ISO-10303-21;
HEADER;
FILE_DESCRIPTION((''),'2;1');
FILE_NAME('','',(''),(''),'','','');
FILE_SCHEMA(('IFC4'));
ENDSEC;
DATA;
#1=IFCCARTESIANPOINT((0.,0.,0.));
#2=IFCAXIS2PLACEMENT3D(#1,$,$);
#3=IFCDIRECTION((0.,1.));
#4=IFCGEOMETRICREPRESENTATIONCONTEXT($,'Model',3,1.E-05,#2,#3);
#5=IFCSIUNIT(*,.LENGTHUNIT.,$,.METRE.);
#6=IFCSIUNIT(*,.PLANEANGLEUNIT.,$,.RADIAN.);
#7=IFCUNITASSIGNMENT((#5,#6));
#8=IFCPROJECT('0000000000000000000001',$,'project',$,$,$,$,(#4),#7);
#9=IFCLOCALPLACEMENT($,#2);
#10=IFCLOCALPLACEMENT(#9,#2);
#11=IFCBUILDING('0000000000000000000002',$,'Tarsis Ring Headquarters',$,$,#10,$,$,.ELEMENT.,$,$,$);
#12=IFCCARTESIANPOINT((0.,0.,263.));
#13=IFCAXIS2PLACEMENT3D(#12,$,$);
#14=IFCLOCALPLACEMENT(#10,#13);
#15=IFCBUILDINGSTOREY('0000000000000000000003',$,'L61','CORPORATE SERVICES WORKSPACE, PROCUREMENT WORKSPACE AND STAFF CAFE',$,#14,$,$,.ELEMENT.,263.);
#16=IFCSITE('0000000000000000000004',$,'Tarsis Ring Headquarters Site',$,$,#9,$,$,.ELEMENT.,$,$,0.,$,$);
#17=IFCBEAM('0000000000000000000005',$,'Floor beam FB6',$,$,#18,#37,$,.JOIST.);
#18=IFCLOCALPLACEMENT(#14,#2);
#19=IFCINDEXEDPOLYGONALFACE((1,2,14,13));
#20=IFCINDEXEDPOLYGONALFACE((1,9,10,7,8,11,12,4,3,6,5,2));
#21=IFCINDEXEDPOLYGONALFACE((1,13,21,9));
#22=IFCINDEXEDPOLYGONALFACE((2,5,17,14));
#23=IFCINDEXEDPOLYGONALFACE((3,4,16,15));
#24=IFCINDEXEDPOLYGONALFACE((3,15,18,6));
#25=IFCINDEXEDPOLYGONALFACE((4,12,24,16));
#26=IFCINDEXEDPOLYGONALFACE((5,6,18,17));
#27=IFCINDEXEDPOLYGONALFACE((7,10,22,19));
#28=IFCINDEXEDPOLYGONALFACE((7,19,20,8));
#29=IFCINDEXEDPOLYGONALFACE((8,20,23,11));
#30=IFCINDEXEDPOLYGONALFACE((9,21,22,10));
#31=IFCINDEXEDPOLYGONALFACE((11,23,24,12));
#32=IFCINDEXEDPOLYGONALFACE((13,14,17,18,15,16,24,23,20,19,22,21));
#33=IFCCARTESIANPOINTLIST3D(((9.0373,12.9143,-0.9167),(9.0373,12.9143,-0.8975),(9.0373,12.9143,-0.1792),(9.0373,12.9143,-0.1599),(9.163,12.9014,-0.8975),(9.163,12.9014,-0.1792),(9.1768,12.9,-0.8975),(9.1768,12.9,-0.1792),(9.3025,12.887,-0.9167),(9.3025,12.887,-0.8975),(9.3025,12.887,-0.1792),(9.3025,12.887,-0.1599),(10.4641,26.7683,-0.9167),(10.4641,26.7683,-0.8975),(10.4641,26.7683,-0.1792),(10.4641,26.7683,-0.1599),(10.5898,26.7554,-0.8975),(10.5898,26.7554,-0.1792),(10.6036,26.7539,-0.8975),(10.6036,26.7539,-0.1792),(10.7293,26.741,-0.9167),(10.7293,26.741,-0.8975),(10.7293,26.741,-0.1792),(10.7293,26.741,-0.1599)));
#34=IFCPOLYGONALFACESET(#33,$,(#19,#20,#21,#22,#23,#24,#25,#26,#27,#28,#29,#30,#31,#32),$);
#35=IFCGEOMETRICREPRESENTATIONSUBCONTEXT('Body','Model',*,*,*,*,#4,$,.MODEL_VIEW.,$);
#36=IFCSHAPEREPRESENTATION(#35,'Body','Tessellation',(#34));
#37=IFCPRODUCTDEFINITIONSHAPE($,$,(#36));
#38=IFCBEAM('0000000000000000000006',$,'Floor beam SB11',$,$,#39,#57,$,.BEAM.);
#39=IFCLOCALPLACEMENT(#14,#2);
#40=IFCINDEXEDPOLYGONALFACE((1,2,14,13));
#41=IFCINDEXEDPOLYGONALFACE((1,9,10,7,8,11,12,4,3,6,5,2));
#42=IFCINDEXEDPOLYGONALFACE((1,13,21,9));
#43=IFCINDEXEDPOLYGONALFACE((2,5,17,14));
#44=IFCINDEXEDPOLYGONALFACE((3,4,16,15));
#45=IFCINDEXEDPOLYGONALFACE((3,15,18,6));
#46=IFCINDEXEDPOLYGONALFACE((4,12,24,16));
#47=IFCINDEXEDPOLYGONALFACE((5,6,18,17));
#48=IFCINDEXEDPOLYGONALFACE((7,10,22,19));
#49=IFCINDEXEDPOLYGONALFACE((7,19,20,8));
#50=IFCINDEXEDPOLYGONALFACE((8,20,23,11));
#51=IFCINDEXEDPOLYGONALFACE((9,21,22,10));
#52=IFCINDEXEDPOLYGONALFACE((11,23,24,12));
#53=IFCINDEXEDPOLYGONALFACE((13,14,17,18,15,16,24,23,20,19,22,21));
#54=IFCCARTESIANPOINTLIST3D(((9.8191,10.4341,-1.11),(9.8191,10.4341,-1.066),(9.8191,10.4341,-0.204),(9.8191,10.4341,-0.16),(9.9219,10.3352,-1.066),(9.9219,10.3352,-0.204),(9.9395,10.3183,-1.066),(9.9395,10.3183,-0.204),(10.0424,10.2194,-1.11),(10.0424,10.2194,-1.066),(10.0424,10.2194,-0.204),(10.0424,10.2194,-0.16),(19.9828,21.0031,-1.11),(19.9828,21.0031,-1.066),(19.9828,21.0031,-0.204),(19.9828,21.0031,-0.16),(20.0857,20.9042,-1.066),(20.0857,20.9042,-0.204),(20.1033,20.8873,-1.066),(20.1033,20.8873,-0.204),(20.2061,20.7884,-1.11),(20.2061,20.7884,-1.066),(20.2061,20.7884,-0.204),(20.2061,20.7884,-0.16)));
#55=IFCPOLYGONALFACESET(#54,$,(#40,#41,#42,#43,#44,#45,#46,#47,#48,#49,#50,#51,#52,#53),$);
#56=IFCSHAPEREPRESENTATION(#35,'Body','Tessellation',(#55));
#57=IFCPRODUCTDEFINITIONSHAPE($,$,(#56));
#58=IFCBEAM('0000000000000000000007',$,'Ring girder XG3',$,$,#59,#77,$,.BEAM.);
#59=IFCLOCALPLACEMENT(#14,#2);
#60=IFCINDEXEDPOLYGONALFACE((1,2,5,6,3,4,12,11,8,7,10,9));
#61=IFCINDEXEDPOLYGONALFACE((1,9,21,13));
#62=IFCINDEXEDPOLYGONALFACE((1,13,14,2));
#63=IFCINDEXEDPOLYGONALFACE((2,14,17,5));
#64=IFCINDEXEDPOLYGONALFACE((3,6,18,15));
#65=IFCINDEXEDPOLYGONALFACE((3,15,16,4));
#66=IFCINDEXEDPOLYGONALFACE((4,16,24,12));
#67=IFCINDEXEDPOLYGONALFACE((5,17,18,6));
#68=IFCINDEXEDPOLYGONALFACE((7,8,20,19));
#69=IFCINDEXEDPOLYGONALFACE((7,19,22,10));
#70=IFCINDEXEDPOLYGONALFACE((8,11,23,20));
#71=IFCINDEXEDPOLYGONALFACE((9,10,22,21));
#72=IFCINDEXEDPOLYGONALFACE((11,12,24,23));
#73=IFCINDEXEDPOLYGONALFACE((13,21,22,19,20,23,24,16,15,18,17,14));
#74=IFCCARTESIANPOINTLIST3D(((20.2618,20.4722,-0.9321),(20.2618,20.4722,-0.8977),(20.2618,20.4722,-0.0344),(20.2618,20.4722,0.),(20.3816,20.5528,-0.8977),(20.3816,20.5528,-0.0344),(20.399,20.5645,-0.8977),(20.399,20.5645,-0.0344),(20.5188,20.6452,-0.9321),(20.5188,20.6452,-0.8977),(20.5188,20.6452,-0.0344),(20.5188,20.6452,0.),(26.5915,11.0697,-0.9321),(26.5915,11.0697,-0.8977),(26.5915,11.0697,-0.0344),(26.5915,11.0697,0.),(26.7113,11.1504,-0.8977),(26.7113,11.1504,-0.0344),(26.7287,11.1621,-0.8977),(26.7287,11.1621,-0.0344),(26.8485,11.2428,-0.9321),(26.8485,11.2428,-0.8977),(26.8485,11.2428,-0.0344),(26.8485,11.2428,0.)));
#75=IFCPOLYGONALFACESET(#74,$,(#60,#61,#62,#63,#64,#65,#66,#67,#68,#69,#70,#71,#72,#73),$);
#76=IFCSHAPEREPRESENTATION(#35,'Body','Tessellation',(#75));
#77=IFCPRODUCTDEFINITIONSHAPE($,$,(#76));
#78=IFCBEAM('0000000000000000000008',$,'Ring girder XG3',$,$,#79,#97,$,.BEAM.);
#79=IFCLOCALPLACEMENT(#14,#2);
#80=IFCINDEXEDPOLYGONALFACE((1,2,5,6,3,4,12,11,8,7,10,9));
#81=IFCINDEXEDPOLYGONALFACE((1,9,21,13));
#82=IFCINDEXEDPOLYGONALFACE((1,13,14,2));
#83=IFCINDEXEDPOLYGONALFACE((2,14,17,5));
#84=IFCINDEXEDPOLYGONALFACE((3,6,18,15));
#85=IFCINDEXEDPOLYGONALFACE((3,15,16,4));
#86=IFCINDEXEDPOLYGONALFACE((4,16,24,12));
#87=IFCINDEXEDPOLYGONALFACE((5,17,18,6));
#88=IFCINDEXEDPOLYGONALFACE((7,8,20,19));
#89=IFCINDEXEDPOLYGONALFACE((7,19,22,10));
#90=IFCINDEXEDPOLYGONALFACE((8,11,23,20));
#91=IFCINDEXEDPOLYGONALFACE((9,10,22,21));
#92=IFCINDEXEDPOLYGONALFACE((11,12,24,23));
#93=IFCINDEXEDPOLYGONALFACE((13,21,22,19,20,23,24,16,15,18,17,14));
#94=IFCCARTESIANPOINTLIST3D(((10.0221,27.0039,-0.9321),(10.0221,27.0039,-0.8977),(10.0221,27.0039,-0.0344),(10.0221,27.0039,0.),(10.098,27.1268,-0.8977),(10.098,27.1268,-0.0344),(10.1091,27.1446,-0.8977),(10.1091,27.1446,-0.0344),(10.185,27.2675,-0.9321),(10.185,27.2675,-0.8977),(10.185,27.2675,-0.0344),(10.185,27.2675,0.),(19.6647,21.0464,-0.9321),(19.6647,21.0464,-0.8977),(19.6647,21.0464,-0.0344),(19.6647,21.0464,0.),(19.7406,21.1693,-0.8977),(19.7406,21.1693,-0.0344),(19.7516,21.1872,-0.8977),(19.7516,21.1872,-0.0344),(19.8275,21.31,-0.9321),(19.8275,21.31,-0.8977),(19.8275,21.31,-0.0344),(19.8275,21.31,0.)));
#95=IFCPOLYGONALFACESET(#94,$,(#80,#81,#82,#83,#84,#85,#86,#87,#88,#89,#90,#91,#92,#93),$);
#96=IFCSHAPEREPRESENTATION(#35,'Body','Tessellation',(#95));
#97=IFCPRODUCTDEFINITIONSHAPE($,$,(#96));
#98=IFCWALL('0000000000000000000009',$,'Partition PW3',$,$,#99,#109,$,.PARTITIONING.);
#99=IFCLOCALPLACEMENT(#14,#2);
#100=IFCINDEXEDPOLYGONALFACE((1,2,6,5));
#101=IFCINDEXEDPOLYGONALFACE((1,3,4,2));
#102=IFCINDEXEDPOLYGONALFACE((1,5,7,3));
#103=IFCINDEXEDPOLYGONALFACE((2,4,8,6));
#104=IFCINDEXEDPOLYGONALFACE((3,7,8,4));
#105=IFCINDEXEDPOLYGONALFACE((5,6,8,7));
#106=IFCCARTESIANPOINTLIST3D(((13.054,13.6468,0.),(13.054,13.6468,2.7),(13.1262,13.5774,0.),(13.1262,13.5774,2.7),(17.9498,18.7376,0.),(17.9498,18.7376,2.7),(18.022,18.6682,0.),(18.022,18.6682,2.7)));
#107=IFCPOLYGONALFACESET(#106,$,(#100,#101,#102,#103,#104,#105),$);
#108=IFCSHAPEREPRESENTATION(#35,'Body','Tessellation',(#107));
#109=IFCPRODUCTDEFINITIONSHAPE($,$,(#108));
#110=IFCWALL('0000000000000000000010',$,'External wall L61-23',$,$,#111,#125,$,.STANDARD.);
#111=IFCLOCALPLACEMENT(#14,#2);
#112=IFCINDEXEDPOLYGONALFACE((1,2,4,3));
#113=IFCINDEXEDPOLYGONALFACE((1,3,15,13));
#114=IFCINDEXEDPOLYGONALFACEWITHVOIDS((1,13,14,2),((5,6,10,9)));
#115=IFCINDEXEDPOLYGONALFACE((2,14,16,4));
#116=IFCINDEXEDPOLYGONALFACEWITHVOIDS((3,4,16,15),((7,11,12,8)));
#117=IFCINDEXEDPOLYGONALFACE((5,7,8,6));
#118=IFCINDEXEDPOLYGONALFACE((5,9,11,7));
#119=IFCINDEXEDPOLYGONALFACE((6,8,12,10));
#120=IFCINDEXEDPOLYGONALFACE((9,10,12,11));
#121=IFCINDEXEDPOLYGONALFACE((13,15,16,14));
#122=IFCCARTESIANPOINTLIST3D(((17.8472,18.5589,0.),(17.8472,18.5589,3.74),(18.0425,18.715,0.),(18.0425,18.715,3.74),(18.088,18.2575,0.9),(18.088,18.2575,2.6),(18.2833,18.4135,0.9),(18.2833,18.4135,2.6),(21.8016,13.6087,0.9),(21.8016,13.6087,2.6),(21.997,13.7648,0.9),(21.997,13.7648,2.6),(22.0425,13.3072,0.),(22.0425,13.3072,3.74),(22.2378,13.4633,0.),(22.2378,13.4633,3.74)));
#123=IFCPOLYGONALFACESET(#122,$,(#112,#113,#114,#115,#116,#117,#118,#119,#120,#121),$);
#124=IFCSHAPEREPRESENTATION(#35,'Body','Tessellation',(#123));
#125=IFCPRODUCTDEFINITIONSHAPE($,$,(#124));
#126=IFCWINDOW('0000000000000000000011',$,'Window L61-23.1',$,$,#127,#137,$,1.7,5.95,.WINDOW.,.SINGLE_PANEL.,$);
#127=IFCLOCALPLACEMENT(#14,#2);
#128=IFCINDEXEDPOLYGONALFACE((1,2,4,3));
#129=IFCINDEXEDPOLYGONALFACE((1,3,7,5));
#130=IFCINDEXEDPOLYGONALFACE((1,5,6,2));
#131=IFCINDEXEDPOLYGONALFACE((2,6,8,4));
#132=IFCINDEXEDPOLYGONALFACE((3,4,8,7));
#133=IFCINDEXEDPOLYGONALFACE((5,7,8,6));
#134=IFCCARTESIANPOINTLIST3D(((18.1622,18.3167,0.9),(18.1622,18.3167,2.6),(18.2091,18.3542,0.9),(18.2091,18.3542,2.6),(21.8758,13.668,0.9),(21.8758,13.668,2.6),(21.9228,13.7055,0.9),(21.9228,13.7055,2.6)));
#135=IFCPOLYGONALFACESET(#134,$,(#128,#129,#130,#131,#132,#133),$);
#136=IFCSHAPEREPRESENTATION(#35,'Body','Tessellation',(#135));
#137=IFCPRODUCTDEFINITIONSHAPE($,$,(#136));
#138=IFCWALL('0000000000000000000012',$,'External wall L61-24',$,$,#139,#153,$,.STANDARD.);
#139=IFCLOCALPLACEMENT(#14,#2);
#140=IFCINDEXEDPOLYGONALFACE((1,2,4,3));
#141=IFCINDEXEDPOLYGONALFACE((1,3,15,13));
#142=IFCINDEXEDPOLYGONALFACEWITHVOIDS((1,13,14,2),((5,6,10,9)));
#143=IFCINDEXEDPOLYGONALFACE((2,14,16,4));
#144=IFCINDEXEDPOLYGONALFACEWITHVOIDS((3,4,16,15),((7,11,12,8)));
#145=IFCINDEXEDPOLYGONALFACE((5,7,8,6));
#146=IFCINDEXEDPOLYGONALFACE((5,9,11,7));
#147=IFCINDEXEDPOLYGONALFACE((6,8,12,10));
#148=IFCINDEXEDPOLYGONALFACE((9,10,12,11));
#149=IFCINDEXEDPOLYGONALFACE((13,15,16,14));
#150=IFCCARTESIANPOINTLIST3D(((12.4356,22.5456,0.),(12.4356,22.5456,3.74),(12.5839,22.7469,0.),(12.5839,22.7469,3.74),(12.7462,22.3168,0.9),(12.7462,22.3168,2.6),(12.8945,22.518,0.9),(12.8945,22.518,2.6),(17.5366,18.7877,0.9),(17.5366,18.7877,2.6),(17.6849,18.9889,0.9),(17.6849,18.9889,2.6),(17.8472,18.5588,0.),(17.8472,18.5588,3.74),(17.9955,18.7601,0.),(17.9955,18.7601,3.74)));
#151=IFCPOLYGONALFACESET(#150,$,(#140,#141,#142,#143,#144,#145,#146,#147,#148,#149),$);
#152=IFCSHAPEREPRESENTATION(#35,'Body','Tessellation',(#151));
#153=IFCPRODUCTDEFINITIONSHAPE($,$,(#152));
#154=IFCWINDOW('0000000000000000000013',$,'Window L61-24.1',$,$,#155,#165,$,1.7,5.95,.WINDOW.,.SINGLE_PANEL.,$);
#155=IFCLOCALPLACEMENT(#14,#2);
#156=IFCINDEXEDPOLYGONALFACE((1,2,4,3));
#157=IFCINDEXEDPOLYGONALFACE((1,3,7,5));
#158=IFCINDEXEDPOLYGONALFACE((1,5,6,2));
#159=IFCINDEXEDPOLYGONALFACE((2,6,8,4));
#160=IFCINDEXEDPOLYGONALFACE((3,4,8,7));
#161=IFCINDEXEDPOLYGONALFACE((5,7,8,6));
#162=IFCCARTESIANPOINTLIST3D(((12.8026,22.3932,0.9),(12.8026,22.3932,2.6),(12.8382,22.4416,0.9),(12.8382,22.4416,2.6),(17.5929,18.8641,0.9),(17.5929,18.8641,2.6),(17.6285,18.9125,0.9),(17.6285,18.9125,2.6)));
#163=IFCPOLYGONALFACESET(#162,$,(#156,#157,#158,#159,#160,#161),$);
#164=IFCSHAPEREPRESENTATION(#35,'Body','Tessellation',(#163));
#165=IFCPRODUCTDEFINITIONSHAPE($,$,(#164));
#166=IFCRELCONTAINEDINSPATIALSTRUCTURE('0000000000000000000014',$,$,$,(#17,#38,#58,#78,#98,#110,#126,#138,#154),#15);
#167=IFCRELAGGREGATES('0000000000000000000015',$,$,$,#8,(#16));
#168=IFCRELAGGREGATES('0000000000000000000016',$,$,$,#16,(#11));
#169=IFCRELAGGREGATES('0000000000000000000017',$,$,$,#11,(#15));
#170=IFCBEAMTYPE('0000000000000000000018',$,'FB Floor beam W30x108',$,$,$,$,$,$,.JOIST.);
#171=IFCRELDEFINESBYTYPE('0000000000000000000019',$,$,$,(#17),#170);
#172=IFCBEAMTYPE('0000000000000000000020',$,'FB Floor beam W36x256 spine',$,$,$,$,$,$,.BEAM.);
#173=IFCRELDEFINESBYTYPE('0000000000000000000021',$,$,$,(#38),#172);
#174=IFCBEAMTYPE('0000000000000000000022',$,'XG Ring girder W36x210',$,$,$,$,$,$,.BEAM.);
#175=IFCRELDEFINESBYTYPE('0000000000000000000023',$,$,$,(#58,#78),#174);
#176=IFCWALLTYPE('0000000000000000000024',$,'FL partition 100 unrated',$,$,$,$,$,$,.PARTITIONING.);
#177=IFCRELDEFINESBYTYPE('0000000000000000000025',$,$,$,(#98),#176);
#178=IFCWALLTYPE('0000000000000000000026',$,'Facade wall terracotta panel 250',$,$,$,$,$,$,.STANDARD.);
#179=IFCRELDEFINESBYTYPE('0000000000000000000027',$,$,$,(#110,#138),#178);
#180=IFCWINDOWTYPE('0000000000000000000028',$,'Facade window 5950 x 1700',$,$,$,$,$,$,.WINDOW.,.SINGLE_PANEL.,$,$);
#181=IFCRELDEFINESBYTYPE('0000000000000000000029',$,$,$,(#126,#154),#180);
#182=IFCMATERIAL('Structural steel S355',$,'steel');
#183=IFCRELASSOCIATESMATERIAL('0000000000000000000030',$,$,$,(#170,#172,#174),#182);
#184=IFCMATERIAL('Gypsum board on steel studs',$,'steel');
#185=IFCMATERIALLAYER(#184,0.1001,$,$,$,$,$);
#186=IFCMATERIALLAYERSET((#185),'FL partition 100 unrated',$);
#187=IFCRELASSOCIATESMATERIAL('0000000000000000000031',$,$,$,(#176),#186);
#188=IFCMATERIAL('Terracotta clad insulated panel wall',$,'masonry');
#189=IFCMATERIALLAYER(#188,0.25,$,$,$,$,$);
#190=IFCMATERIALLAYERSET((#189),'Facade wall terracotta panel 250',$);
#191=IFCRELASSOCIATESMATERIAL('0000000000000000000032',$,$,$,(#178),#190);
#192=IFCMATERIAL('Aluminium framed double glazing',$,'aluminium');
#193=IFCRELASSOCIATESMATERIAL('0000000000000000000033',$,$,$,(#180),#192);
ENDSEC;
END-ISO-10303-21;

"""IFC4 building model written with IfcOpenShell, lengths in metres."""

from ifc_helpers import new_model, si_unit, direction, frame, frame_2d, origin, origin_2d, place, context, subcontext, project, spatial, rectangle, i_section, extrude, material, layer, layer_set, material_profile, profile_set, type_object, element, fill, save


model = new_model("IFC4")

# Units and contexts
model_context = context("Model", 3, precision=1e-05, world=origin(), true_north=direction((0.0, 1.0)))
body_context = subcontext(model_context, "Body", "Model", "MODEL_VIEW")
ifc_project = project(units=[si_unit("LENGTHUNIT", "METRE"), si_unit("PLANEANGLEUNIT", "RADIAN")], contexts=[model_context])

# Site, building, storey
site_placement = place(None, origin())
site = spatial("IfcSite", under=ifc_project, at=site_placement, Name="Tarsis Ring Headquarters Site", CompositionType="ELEMENT", RefElevation=0.0)
building_placement = place(site_placement, origin())
building = spatial("IfcBuilding", under=site, at=building_placement, Name="Tarsis Ring Headquarters", CompositionType="ELEMENT")
storey_placement = place(building_placement, frame((0.0, 0.0, 263.0)))
storey = spatial("IfcBuildingStorey", under=building, at=storey_placement, Name="L61", Description="CORPORATE SERVICES WORKSPACE, PROCUREMENT WORKSPACE AND STAFF CAFE", CompositionType="ELEMENT", Elevation=263.0)

# Shared definitions
ifc_material_1 = material(Name="Structural steel S355", Category="steel")

# Beams
ifc_material_profile_1 = material_profile(ifc_material_1, i_section(OverallWidth=0.2666, OverallDepth=0.7568, WebThickness=0.0139, FlangeThickness=0.0193, at=origin_2d()), Name="W30x108")
ifc_profile_set_1 = profile_set([ifc_material_profile_1], Name="Structural steel S355")
beam_type_1 = type_object("IfcBeamType", Name="FB Floor beam W30x108", PredefinedType="JOIST", material=ifc_profile_set_1)
beam_1_placement = place(storey_placement, frame((10.5967, 26.7546, -0.5383), z_axis=(-0.102443, -0.994739, 0.0), x_axis=(0.994739, -0.102443, 0.0)))
element("IfcBeam", 1, at=beam_1_placement, inside=storey, type_object=beam_type_1, Name="Floor beam FB6", PredefinedType="JOIST", context=body_context, shape_type="SweptSolid", body=[
    extrude(i_section(OverallWidth=0.2666, OverallDepth=0.7568, WebThickness=0.0139, FlangeThickness=0.0193, at=origin_2d()), origin(), (0.0, 0.0, 1.0), 13.9272),
])
ifc_material_profile_2 = material_profile(ifc_material_1, i_section(OverallWidth=0.3098, OverallDepth=0.95, WebThickness=0.0244, FlangeThickness=0.0439, at=origin_2d()), Name="W36x256")
ifc_profile_set_2 = profile_set([ifc_material_profile_2], Name="Structural steel S355")
beam_type_2 = type_object("IfcBeamType", Name="FB Floor beam W36x256 spine", PredefinedType="BEAM", material=ifc_profile_set_2)
beam_2_placement = place(storey_placement, frame((20.0945, 20.8958, -0.635), z_axis=(-0.693152, -0.720791, 0.0), x_axis=(0.720791, -0.693152, 0.0)))
element("IfcBeam", 2, at=beam_2_placement, inside=storey, type_object=beam_type_2, Name="Floor beam SB11", PredefinedType="BEAM", context=body_context, shape_type="SweptSolid", body=[
    extrude(i_section(OverallWidth=0.3098, OverallDepth=0.95, WebThickness=0.0244, FlangeThickness=0.0439, at=origin_2d()), origin(), (0.0, 0.0, 1.0), 14.6631),
])
ifc_material_profile_3 = material_profile(ifc_material_1, i_section(OverallWidth=0.3098, OverallDepth=0.9321, WebThickness=0.021, FlangeThickness=0.0344, at=origin_2d()), Name="W36x210")
ifc_profile_set_3 = profile_set([ifc_material_profile_3], Name="Structural steel S355")
beam_type_3 = type_object("IfcBeamType", Name="XG Ring girder W36x210", PredefinedType="BEAM", material=ifc_profile_set_3)
for number, where, z_axis, x_axis, name in (
    (3, (26.72, 11.1562, -0.4661), (-0.558443, 0.829543, 0.0), (-0.829543, -0.558443, 0.0), "Ring girder XG3"),
    (4, (19.7461, 21.1782, -0.4661), (-0.850727, 0.525608, 0.0), (-0.525608, -0.850727, 0.0), "Ring girder XG3"),
):
    element("IfcBeam", number, at=place(storey_placement, frame(where, z_axis=z_axis, x_axis=x_axis)), inside=storey, type_object=beam_type_3, Name=name, PredefinedType="BEAM", context=body_context, shape_type="SweptSolid", body=[
        extrude(i_section(OverallWidth=0.3098, OverallDepth=0.9321, WebThickness=0.021, FlangeThickness=0.0344, at=origin_2d()), origin(), (0.0, 0.0, 1.0), 11.3345),
    ])

# Wall
ifc_material_2 = material(Name="Gypsum board on steel studs", Category="steel")
ifc_layer_1 = layer(ifc_material_2, 0.1001)
ifc_layer_set_1 = layer_set([ifc_layer_1], Name="FL partition 100 unrated")
wall_type_1 = type_object("IfcWallType", Name="FL partition 100 unrated", PredefinedType="PARTITIONING", material=ifc_layer_set_1)
wall_1_placement = place(storey_placement, frame((13.0901, 13.6121, 0.0), z_axis=(0.0, 0.0, 1.0), x_axis=(0.693163, 0.720781, 0.0)))
element("IfcWall", 5, at=wall_1_placement, inside=storey, type_object=wall_type_1, Name="Partition PW3", PredefinedType="PARTITIONING", context=body_context, shape_type="SweptSolid", body=[
    extrude(rectangle(XDim=7.063, YDim=0.1001, at=frame_2d((3.5315, 0.0))), origin(), (0.0, 0.0, 1.0), 2.7),
])

# Walls, openings, windows
ifc_material_3 = material(Name="Terracotta clad insulated panel wall", Category="masonry")
ifc_layer_2 = layer(ifc_material_3, 0.25)
ifc_layer_set_2 = layer_set([ifc_layer_2], Name="Facade wall terracotta panel 250")
wall_type_2 = type_object("IfcWallType", Name="Facade wall terracotta panel 250", PredefinedType="STANDARD", material=ifc_layer_set_2)
wall_2_placement = place(storey_placement, frame((22.1401, 13.3853, 0.0), z_axis=(0.0, 0.0, 1.0), x_axis=(-0.624146, 0.781308, 0.0)))
wall_2 = element("IfcWall", 6, at=wall_2_placement, inside=storey, type_object=wall_type_2, Name="External wall L61-23", PredefinedType="STANDARD", context=body_context, shape_type="SweptSolid", body=[
    extrude(rectangle(XDim=6.7217, YDim=0.25, at=frame_2d((3.3608, 0.0))), origin(), (0.0, 0.0, 1.0), 3.74),
])
opening_1_placement = place(wall_2_placement, frame((0.3857, 0.0, 0.8999)))
opening_1 = element("IfcOpeningElement", 7, at=opening_1_placement, cuts=wall_2, PredefinedType="OPENING", context=body_context, shape_type="SweptSolid", body=[
    extrude(rectangle(XDim=5.95, YDim=1.7, at=frame_2d((2.9751, 0.8501))), frame((0.0, 0.135, 0.0), z_axis=(0.0, -1.0, 0.0), x_axis=(1.0, 0.0, 0.0)), (0.0, 0.0, 1.0), 0.27),
])
ifc_material_4 = material(Name="Aluminium framed double glazing", Category="aluminium")
window_type = type_object("IfcWindowType", Name="Facade window 5950 x 1700", PartitioningType="SINGLE_PANEL", PredefinedType="WINDOW", material=ifc_material_4)
window_1_placement = place(opening_1_placement, origin())
window_1 = element("IfcWindow", 8, at=window_1_placement, inside=storey, type_object=window_type, Name="Window L61-23.1", OverallHeight=1.7, OverallWidth=5.95, PartitioningType="SINGLE_PANEL", PredefinedType="WINDOW", context=body_context, shape_type="SweptSolid", body=[
    extrude(rectangle(XDim=5.95, YDim=1.7, at=frame_2d((2.9751, 0.8501))), frame((0.0, 0.03, 0.0), z_axis=(0.0, -1.0, 0.0), x_axis=(1.0, 0.0, 0.0)), (0.0, 0.0, 1.0), 0.0601),
])
fill(opening_1, window_1)
wall_3_placement = place(storey_placement, frame((17.9214, 18.6594, 0.0), z_axis=(0.0, 0.0, 1.0), x_axis=(-0.805105, 0.593132, 0.0)))
wall_3 = element("IfcWall", 9, at=wall_3_placement, inside=storey, type_object=wall_type_2, Name="External wall L61-24", PredefinedType="STANDARD", context=body_context, shape_type="SweptSolid", body=[
    extrude(rectangle(XDim=6.7217, YDim=0.25, at=frame_2d((3.3608, 0.0))), origin(), (0.0, 0.0, 1.0), 3.74),
])
opening_2_placement = place(wall_3_placement, frame((0.3857, 0.0, 0.8999)))
opening_2 = element("IfcOpeningElement", 10, at=opening_2_placement, cuts=wall_3, PredefinedType="OPENING", context=body_context, shape_type="SweptSolid", body=[
    extrude(rectangle(XDim=5.95, YDim=1.7, at=frame_2d((2.9751, 0.8501))), frame((0.0, 0.135, 0.0), z_axis=(0.0, -1.0, 0.0), x_axis=(1.0, 0.0, 0.0)), (0.0, 0.0, 1.0), 0.27),
])
window_2_placement = place(opening_2_placement, origin())
window_2 = element("IfcWindow", 11, at=window_2_placement, inside=storey, type_object=window_type, Name="Window L61-24.1", OverallHeight=1.7, OverallWidth=5.95, PartitioningType="SINGLE_PANEL", PredefinedType="WINDOW", context=body_context, shape_type="SweptSolid", body=[
    extrude(rectangle(XDim=5.95, YDim=1.7, at=frame_2d((2.9751, 0.8501))), frame((0.0, 0.03, 0.0), z_axis=(0.0, -1.0, 0.0), x_axis=(1.0, 0.0, 0.0)), (0.0, 0.0, 1.0), 0.0601),
])
fill(opening_2, window_2)

save(model, "model.ifc")
